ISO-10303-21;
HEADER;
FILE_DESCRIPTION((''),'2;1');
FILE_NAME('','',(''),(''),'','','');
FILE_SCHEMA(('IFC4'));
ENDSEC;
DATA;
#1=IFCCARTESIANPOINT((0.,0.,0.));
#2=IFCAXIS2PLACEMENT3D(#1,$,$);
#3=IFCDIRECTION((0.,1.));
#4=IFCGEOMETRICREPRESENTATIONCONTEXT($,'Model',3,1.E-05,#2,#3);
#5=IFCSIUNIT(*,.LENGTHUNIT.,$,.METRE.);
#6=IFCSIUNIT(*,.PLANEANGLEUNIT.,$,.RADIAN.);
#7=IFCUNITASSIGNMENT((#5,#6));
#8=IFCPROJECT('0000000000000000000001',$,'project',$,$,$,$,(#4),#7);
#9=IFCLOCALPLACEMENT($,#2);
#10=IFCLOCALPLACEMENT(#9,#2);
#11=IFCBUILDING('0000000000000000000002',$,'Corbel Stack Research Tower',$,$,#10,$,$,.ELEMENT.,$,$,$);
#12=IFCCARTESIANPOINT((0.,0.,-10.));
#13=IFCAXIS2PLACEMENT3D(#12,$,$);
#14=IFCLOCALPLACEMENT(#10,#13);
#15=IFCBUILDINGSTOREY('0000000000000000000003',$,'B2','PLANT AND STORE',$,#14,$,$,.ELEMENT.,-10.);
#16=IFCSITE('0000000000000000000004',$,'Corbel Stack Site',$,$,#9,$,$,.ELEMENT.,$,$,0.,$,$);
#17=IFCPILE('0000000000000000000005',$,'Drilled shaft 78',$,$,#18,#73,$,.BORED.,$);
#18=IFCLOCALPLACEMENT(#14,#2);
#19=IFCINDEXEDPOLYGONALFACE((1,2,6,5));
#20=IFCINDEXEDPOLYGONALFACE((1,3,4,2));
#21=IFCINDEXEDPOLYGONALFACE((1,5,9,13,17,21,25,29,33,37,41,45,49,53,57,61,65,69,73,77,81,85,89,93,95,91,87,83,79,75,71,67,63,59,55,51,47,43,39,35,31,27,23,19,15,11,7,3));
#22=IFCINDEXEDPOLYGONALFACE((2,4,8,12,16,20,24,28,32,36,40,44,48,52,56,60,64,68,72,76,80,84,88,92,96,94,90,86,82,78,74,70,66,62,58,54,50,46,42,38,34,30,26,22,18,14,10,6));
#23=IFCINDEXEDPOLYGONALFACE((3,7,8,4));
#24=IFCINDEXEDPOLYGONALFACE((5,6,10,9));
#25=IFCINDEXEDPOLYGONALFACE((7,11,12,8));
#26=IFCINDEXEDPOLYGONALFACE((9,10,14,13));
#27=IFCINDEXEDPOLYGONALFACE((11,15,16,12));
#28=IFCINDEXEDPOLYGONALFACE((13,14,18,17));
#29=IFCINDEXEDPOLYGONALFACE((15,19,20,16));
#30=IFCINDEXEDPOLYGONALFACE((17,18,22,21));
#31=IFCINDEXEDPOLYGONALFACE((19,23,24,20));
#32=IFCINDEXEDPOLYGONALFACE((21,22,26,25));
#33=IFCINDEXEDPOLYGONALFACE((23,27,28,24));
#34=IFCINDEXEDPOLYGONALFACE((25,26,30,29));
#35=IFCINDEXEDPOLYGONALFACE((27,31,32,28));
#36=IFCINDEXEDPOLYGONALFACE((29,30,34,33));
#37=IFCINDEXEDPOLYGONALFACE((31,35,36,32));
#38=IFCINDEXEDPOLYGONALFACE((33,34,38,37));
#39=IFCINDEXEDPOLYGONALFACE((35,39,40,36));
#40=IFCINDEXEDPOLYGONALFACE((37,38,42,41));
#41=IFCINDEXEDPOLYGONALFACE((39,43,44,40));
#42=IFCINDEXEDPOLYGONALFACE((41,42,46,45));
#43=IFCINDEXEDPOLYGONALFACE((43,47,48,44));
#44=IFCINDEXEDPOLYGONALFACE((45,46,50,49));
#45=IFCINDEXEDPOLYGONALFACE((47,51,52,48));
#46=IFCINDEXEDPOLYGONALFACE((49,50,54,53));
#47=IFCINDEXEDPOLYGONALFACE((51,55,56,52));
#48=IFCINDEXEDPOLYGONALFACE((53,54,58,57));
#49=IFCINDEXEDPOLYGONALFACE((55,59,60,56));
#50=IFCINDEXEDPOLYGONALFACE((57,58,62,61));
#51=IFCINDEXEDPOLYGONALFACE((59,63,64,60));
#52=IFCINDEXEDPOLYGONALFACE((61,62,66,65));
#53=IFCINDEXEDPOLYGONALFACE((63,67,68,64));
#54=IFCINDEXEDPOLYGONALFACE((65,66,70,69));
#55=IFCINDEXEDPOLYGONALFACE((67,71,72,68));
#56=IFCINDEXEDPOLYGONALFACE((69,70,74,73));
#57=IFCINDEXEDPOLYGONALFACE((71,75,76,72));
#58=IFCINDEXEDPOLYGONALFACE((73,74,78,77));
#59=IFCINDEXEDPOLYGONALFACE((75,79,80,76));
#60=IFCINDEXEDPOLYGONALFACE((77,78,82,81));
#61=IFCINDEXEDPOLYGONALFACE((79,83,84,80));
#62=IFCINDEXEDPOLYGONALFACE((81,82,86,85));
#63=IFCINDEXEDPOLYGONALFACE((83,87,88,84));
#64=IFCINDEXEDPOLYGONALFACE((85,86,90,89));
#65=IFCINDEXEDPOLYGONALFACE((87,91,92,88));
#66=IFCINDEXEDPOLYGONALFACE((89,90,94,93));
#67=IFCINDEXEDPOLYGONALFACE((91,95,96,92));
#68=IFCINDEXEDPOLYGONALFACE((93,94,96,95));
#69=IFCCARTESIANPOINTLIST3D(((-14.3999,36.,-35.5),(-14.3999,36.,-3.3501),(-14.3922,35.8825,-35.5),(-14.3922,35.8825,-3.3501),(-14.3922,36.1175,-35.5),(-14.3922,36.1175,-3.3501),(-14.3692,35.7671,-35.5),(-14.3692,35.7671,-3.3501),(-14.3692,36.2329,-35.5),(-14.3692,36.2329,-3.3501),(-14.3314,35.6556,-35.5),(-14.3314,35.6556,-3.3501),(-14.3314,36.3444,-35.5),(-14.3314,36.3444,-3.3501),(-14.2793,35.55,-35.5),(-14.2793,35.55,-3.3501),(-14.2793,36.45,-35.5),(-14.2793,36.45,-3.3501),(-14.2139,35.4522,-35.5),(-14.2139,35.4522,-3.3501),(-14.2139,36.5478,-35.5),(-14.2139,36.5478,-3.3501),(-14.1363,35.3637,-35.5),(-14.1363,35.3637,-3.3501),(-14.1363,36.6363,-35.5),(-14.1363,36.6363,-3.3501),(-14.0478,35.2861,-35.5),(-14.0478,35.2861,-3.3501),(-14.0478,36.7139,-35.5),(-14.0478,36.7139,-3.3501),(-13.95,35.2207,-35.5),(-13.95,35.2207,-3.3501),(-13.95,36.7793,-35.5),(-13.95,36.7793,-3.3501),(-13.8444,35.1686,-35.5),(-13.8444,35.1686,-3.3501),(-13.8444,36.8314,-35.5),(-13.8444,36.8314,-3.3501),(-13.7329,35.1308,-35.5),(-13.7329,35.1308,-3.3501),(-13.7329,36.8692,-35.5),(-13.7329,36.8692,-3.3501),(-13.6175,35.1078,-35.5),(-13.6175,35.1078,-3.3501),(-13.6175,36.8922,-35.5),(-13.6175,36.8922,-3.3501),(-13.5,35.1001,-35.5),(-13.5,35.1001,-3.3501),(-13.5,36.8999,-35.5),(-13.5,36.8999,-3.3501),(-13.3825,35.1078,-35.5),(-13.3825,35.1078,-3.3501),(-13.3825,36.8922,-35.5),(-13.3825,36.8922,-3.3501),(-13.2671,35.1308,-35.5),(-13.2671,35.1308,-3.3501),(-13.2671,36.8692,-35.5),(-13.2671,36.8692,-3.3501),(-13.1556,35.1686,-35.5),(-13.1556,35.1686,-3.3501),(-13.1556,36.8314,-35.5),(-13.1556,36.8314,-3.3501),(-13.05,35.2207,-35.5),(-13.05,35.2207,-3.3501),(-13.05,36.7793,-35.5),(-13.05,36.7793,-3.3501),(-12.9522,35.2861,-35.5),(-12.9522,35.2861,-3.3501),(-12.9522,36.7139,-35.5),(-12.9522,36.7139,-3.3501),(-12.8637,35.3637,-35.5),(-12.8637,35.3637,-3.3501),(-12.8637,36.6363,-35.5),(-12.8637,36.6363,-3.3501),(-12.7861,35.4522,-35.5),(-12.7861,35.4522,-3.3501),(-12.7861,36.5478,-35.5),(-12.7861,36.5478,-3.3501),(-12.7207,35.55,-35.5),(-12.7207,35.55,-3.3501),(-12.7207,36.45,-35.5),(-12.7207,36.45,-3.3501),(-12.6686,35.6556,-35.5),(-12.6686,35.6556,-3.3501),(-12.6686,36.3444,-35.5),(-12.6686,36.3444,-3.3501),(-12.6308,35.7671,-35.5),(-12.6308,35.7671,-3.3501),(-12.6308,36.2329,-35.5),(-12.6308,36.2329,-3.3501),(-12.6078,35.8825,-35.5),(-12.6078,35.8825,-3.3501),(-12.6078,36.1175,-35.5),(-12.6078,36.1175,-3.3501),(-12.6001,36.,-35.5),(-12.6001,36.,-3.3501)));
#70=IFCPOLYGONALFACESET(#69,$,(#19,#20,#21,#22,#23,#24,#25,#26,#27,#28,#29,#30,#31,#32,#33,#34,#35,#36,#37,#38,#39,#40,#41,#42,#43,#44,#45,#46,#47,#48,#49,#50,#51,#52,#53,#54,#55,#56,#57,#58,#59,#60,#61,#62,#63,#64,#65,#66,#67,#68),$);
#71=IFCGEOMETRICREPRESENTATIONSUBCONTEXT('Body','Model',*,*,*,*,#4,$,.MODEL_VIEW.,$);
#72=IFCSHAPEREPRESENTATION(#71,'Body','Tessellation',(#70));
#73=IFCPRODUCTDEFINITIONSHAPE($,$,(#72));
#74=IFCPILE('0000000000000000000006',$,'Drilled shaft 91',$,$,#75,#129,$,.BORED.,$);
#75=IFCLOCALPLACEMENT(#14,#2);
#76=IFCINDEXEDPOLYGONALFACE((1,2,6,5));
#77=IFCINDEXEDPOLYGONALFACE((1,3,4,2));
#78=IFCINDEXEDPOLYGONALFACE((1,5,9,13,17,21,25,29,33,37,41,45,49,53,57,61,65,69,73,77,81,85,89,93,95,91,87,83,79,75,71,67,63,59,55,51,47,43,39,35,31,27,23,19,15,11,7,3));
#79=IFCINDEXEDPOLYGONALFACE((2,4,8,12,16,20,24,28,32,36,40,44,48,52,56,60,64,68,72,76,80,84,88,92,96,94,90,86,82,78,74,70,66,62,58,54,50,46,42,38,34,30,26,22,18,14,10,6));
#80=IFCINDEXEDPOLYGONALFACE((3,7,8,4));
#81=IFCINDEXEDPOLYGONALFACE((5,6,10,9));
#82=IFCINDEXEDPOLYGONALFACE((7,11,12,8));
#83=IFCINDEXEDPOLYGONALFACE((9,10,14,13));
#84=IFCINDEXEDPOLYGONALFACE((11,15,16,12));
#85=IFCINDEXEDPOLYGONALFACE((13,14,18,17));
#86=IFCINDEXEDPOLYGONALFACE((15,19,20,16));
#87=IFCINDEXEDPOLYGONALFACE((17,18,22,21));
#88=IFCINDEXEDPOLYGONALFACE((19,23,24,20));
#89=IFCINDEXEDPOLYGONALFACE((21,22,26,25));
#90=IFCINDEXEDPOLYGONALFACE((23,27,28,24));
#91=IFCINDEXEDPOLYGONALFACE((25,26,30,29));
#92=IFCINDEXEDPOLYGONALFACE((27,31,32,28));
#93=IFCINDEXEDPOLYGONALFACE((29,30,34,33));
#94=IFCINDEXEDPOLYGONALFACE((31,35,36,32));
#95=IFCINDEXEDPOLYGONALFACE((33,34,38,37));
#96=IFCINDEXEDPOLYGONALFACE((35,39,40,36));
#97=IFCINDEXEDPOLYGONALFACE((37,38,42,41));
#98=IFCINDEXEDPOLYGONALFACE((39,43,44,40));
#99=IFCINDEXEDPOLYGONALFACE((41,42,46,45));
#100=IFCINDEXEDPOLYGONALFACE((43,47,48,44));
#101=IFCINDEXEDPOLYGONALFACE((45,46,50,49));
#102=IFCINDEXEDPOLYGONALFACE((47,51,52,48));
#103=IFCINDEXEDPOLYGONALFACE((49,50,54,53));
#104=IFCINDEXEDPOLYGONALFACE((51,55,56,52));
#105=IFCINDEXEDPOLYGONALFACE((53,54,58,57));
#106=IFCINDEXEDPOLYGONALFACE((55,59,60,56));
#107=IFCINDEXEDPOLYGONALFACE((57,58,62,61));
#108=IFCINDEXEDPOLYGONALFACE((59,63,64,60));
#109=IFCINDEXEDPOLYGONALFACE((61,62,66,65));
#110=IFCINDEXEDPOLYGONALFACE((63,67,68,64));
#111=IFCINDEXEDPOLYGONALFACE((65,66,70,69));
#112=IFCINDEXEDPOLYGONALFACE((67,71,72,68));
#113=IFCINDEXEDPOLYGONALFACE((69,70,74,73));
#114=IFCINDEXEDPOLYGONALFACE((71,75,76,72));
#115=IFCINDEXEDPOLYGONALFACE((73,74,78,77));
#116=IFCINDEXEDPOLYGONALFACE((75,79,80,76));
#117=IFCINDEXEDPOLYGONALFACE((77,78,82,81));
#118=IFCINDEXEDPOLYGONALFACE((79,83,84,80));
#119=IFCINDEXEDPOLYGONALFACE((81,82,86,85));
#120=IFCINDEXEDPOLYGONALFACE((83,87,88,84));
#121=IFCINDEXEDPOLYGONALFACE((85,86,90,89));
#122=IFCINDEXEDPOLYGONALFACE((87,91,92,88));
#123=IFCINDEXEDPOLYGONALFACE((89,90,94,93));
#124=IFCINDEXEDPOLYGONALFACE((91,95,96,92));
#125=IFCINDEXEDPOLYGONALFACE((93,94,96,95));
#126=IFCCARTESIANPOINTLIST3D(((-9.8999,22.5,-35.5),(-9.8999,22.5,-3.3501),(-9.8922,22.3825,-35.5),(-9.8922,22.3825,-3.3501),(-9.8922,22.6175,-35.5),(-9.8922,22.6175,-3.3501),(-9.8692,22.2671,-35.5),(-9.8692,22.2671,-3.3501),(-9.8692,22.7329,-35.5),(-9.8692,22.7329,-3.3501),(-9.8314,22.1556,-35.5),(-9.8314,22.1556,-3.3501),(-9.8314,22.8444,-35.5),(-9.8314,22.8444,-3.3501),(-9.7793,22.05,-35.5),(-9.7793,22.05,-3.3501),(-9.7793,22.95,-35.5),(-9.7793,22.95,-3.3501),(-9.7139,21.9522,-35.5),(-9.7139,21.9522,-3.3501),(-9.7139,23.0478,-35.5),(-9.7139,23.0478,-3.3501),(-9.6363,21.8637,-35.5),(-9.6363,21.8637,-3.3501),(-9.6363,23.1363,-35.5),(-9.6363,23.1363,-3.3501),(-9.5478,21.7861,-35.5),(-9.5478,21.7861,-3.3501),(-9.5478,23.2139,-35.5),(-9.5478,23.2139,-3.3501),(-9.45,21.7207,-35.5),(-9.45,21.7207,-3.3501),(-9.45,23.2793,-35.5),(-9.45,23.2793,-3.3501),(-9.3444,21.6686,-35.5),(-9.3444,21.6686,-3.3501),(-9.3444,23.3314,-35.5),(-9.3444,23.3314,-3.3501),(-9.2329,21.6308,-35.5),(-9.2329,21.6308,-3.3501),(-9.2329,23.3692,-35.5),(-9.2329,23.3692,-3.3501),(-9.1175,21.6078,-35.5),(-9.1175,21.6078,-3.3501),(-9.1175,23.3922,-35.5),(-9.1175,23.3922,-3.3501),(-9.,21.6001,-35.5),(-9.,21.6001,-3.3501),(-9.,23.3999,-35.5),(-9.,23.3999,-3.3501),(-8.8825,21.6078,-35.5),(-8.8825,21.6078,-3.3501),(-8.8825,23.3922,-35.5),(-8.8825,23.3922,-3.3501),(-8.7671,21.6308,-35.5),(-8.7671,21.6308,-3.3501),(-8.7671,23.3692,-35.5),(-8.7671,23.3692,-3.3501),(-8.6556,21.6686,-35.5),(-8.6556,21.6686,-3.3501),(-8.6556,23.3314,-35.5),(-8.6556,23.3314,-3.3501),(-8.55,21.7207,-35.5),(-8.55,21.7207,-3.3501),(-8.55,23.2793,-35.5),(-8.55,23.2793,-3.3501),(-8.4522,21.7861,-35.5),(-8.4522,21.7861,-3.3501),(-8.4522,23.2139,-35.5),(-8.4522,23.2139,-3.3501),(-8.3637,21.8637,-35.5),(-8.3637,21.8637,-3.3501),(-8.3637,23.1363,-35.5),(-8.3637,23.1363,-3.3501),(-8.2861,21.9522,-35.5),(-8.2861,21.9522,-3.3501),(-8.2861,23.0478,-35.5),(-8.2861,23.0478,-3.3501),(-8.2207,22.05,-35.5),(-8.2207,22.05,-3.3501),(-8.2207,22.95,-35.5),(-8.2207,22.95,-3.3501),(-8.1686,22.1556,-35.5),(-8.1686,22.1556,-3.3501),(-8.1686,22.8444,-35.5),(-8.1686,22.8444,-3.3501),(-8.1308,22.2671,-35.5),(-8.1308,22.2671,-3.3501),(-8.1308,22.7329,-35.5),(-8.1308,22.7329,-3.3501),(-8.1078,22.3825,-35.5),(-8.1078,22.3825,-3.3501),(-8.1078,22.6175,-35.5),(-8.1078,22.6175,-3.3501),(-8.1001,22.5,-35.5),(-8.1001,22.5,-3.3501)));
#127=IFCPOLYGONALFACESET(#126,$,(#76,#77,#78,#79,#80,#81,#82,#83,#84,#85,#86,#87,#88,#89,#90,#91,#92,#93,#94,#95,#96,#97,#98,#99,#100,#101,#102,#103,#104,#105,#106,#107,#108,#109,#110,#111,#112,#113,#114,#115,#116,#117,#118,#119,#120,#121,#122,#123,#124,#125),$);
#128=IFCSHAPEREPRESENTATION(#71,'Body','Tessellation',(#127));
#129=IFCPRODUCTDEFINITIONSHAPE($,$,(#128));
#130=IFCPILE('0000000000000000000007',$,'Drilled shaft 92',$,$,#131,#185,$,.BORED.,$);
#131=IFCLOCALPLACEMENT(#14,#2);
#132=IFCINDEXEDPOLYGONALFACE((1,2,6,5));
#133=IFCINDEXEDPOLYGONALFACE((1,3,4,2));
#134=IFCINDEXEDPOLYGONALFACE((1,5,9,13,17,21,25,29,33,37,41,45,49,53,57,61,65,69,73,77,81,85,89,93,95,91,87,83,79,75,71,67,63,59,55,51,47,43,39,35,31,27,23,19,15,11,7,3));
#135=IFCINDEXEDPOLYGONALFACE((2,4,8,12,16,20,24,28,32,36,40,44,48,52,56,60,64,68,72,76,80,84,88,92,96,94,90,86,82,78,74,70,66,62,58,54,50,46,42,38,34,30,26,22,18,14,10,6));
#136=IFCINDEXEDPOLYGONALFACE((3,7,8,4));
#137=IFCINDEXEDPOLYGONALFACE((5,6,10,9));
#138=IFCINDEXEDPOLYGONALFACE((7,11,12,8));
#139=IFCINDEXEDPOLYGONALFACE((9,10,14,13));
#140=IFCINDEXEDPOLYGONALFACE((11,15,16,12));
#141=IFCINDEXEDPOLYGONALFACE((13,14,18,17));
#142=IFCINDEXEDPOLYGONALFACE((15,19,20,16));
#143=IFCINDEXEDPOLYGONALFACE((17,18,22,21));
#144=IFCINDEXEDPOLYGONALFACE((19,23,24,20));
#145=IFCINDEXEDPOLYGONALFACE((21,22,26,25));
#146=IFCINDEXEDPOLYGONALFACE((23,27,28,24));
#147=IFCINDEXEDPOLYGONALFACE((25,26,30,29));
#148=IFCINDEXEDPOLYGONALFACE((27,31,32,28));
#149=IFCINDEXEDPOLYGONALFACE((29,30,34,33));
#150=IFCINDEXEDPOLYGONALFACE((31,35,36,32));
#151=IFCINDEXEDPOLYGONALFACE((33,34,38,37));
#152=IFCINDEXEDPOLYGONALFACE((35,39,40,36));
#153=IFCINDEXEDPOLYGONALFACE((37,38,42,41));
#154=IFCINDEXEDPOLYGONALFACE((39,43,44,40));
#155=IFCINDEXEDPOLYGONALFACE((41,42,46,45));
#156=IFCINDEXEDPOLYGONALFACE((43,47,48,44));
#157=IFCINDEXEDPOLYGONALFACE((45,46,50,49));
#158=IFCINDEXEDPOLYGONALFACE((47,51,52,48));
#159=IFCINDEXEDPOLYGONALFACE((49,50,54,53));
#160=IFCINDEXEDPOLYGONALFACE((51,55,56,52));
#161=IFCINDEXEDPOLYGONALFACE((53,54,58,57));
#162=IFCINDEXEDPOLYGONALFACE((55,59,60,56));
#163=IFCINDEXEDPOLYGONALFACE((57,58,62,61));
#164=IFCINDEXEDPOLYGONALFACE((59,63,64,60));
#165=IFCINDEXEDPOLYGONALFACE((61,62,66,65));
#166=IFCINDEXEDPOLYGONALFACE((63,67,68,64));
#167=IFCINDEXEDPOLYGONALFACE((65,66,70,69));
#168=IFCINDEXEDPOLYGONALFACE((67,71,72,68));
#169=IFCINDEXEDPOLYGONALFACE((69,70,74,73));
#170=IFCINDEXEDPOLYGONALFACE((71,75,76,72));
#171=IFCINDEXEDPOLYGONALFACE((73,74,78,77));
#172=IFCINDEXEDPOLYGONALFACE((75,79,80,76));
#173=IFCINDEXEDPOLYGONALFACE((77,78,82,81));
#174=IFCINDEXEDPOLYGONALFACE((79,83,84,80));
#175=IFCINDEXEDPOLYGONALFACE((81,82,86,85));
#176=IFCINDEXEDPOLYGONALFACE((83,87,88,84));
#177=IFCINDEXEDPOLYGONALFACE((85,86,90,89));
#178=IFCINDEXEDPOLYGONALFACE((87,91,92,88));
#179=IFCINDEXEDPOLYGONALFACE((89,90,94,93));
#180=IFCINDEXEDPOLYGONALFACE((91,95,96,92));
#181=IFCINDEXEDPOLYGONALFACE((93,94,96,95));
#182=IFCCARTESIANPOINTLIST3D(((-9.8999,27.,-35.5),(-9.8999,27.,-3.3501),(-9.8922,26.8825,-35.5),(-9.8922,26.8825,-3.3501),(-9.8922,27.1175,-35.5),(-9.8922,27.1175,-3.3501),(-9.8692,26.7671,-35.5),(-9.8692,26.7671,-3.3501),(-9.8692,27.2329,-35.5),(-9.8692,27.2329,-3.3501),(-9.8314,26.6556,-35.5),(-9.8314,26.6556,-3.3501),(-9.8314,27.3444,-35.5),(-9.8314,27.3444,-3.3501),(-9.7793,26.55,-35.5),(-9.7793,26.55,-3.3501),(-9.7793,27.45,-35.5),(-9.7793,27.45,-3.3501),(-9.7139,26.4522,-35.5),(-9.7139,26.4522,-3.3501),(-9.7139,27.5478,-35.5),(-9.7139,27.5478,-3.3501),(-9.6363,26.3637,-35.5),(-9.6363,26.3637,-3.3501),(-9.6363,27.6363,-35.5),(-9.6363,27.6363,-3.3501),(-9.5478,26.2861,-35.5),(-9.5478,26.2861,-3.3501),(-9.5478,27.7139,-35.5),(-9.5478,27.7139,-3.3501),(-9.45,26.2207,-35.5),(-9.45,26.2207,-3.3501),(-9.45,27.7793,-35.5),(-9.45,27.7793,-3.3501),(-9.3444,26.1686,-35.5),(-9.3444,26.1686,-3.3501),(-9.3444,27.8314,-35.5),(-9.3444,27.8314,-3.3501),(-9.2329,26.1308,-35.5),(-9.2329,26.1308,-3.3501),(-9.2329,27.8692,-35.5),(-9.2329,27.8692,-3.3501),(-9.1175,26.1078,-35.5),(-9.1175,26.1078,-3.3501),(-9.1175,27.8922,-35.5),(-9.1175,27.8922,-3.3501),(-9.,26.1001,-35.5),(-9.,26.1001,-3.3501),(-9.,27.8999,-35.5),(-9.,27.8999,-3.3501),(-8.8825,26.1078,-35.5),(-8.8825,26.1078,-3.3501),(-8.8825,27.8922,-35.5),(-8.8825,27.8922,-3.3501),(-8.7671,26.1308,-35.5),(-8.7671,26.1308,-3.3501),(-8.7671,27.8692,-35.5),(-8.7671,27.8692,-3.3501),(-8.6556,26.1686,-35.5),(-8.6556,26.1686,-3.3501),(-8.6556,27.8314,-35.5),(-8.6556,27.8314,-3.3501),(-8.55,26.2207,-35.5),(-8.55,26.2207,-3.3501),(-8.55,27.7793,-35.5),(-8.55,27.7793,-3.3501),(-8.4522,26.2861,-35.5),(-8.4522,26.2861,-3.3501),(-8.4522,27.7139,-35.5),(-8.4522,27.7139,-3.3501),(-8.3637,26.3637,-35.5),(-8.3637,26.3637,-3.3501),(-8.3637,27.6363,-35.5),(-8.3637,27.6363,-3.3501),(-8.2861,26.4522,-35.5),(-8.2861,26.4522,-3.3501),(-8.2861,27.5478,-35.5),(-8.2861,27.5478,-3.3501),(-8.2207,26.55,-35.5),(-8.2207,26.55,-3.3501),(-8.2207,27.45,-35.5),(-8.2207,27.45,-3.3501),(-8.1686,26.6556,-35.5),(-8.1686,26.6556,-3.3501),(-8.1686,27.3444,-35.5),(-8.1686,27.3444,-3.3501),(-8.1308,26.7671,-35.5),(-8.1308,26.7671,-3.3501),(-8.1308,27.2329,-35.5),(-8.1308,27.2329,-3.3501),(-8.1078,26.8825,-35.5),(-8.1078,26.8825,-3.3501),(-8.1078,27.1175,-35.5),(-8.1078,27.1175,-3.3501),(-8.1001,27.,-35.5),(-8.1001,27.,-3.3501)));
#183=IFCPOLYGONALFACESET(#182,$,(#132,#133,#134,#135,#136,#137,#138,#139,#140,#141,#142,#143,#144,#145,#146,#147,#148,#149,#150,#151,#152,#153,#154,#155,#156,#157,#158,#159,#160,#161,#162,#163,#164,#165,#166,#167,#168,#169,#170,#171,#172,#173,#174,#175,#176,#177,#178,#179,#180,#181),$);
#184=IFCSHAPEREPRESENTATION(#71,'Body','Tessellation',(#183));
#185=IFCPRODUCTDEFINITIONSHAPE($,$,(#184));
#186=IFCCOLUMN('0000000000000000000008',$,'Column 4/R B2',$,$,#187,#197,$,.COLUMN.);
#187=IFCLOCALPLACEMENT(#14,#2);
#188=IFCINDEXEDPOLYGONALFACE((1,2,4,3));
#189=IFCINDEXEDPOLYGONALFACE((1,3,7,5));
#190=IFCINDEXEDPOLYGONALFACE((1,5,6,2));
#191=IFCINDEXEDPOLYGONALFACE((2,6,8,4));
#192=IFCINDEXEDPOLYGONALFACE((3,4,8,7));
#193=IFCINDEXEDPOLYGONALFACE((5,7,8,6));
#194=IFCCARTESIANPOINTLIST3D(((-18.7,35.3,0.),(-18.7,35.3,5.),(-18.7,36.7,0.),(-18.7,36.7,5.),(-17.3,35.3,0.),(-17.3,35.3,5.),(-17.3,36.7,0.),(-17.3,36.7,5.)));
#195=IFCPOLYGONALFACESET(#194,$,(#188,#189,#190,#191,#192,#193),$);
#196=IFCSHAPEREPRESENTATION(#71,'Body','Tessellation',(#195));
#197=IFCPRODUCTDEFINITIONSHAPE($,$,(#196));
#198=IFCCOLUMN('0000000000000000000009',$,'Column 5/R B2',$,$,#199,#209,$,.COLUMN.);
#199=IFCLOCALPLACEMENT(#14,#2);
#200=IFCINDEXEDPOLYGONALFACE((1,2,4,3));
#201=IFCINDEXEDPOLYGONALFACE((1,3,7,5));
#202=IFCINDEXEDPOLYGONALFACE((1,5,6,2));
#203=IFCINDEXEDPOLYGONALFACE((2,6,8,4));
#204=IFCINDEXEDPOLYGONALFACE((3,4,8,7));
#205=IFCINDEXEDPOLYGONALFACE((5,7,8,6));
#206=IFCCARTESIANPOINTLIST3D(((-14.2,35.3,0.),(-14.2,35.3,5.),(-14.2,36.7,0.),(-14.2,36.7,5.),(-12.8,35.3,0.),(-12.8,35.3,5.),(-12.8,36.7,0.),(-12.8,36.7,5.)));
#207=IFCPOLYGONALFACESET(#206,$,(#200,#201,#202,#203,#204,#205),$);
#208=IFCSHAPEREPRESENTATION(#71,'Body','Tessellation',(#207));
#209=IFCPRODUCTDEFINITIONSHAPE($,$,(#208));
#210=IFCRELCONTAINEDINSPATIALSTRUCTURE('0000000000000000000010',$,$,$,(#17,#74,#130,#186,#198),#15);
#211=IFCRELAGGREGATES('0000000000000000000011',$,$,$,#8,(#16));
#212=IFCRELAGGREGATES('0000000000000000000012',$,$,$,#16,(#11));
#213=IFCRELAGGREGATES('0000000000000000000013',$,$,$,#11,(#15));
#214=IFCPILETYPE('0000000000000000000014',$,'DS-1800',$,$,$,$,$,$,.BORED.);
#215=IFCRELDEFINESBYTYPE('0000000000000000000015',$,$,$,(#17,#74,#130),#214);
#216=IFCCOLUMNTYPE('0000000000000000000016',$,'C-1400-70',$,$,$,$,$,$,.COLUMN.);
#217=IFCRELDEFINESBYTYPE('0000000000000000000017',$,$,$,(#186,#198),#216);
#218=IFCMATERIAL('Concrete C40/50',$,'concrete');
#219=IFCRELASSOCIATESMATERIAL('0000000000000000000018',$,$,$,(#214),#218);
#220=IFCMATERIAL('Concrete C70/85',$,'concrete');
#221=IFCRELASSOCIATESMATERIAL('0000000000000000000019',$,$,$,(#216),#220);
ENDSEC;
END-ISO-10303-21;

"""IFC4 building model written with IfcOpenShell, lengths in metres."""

from ifc_helpers import new_model, si_unit, direction, frame, origin, origin_2d, place, context, subcontext, project, spatial, rectangle, circle, extrude, material, material_profile, profile_set, type_object, element, save


model = new_model("IFC4")

# Units and contexts
model_context = context("Model", 3, precision=1e-05, world=origin(), true_north=direction((0.0, 1.0)))
body_context = subcontext(model_context, "Body", "Model", "MODEL_VIEW")
ifc_project = project(units=[si_unit("LENGTHUNIT", "METRE"), si_unit("PLANEANGLEUNIT", "RADIAN")], contexts=[model_context])

# Site, building, storey
site_placement = place(None, origin())
site = spatial("IfcSite", under=ifc_project, at=site_placement, Name="Corbel Stack Site", CompositionType="ELEMENT", RefElevation=0.0)
building_placement = place(site_placement, origin())
building = spatial("IfcBuilding", under=site, at=building_placement, Name="Corbel Stack Research Tower", CompositionType="ELEMENT")
storey_placement = place(building_placement, frame((0.0, 0.0, -10.0)))
storey = spatial("IfcBuildingStorey", under=building, at=storey_placement, Name="B2", Description="PLANT AND STORE", CompositionType="ELEMENT", Elevation=-10.0)

# Piles
ifc_material_1 = material(Name="Concrete C40/50", Category="concrete")
ifc_material_profile_1 = material_profile(ifc_material_1, circle(Radius=0.8999, at=origin_2d()), Name="Shaft 1800")
ifc_profile_set_1 = profile_set([ifc_material_profile_1], Name="Concrete C40/50")
pile_type = type_object("IfcPileType", Name="DS-1800", PredefinedType="BORED", material=ifc_profile_set_1)
for number, where, z_axis, x_axis, name in (
    (1, (-13.5, 36.0, -3.3501), (0.0, 0.0, -1.0), (1.0, 0.0, 0.0), "Drilled shaft 78"),
    (2, (-9.0, 22.5, -3.3501), (0.0, 0.0, -1.0), (1.0, 0.0, 0.0), "Drilled shaft 91"),
    (3, (-9.0, 27.0, -3.3501), (0.0, 0.0, -1.0), (1.0, 0.0, 0.0), "Drilled shaft 92"),
):
    element("IfcPile", number, at=place(storey_placement, frame(where, z_axis=z_axis, x_axis=x_axis)), inside=storey, type_object=pile_type, Name=name, PredefinedType="BORED", context=body_context, shape_type="SweptSolid", body=[
        extrude(circle(Radius=0.8999, at=origin_2d()), origin(), (0.0, 0.0, 1.0), 32.1499),
    ])

# Columns
ifc_material_2 = material(Name="Concrete C70/85", Category="concrete")
ifc_material_profile_2 = material_profile(ifc_material_2, rectangle(XDim=1.3999, YDim=1.3999, at=origin_2d()), Name="RC 1400 x 1400")
ifc_profile_set_2 = profile_set([ifc_material_profile_2], Name="Concrete C70/85")
column_type_1 = type_object("IfcColumnType", Name="C-1400-70", PredefinedType="COLUMN", material=ifc_profile_set_2)
for number, where, z_axis, x_axis, name in (
    (4, (-18.0, 36.0, 0.0), (0.0, 0.0, 1.0), (1.0, 0.0, 0.0), "Column 4/R B2"),
    (5, (-13.5, 36.0, 0.0), (0.0, 0.0, 1.0), (1.0, 0.0, 0.0), "Column 5/R B2"),
):
    element("IfcColumn", number, at=place(storey_placement, frame(where, z_axis=z_axis, x_axis=x_axis)), inside=storey, type_object=column_type_1, Name=name, PredefinedType="COLUMN", context=body_context, shape_type="SweptSolid", body=[
        extrude(rectangle(XDim=1.3999, YDim=1.3999, at=origin_2d()), origin(), (0.0, 0.0, 1.0), 5.0),
    ])

save(model, "model.ifc")
